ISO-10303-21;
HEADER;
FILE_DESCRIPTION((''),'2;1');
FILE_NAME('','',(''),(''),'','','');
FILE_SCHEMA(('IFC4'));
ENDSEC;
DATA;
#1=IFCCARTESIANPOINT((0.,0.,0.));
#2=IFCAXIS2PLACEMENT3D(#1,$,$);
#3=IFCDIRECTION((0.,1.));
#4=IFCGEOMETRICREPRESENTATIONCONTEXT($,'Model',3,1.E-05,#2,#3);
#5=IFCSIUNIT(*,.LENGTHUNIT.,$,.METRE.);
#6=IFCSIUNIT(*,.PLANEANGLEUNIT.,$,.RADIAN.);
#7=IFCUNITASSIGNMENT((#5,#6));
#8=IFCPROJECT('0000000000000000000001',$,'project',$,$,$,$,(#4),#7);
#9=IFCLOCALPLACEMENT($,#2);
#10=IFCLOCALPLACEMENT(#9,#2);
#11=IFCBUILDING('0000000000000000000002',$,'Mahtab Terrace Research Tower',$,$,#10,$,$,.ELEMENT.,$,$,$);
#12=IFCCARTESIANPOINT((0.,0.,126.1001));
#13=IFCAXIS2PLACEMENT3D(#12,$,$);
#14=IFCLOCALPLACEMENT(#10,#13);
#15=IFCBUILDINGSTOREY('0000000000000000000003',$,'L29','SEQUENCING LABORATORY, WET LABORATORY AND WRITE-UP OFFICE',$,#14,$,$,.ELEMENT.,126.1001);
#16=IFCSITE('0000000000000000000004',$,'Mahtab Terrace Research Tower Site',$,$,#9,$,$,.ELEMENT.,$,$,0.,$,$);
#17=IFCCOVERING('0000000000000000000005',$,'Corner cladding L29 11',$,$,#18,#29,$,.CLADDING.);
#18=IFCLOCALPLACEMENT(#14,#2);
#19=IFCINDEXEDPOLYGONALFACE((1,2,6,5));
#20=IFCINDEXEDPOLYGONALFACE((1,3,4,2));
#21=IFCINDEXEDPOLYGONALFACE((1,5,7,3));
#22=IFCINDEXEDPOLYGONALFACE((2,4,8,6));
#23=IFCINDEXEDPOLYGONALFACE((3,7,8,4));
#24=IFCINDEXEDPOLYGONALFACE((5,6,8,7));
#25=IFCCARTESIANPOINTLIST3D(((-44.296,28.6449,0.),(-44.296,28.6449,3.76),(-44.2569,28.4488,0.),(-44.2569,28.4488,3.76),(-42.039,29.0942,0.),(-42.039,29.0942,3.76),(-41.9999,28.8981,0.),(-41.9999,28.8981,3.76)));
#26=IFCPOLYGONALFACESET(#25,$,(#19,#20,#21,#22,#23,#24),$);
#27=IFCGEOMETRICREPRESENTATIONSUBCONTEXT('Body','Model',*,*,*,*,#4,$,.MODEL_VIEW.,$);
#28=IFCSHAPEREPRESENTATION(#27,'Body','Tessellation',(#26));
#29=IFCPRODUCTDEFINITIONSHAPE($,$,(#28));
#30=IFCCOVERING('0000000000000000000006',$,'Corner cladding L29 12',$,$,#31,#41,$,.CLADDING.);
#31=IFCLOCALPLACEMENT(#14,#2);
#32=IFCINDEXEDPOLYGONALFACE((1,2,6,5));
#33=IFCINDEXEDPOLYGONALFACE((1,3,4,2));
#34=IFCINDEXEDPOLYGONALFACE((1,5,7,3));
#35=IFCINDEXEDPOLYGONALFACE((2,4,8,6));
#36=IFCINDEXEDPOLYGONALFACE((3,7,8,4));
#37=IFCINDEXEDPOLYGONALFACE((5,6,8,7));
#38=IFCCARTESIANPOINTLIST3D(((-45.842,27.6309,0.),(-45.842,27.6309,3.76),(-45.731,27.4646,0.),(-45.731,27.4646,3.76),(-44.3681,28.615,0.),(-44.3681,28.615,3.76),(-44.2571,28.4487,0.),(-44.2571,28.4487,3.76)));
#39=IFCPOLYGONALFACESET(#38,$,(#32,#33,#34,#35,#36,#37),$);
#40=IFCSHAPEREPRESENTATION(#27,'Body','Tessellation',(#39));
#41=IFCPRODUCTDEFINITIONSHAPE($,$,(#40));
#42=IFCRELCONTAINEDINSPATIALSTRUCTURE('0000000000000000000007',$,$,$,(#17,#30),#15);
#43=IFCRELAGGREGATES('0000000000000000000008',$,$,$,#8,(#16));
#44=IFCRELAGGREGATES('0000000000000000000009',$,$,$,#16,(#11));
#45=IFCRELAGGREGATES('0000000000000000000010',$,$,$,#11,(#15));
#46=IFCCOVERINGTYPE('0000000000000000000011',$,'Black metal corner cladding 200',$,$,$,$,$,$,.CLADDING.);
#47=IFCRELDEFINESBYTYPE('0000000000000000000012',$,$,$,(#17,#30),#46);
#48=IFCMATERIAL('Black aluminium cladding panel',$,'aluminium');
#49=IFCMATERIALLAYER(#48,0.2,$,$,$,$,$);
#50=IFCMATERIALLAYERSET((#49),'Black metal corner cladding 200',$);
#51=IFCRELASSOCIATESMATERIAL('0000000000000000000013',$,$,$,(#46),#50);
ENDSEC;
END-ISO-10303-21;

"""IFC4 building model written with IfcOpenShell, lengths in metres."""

from ifc_helpers import new_model, si_unit, direction, frame, origin, origin_2d, place, context, subcontext, project, spatial, rectangle, extrude, material, layer, layer_set, type_object, element, save


model = new_model("IFC4")

# Units and contexts
model_context = context("Model", 3, precision=1e-05, world=origin(), true_north=direction((0.0, 1.0)))
body_context = subcontext(model_context, "Body", "Model", "MODEL_VIEW")
ifc_project = project(units=[si_unit("LENGTHUNIT", "METRE"), si_unit("PLANEANGLEUNIT", "RADIAN")], contexts=[model_context])

# Site, building, storey
site_placement = place(None, origin())
site = spatial("IfcSite", under=ifc_project, at=site_placement, Name="Mahtab Terrace Research Tower Site", CompositionType="ELEMENT", RefElevation=0.0)
building_placement = place(site_placement, origin())
building = spatial("IfcBuilding", under=site, at=building_placement, Name="Mahtab Terrace Research Tower", CompositionType="ELEMENT")
storey_placement = place(building_placement, frame((0.0, 0.0, 126.1001)))
storey = spatial("IfcBuildingStorey", under=building, at=storey_placement, Name="L29", Description="SEQUENCING LABORATORY, WET LABORATORY AND WRITE-UP OFFICE", CompositionType="ELEMENT", Elevation=126.1001)

# Coverings
ifc_material_1 = material(Name="Black aluminium cladding panel", Category="aluminium")
ifc_layer_1 = layer(ifc_material_1, 0.2)
ifc_layer_set_1 = layer_set([ifc_layer_1], Name="Black metal corner cladding 200")
covering_type = type_object("IfcCoveringType", Name="Black metal corner cladding 200", PredefinedType="CLADDING", material=ifc_layer_set_1)
covering_1_placement = place(storey_placement, frame((-43.1479, 28.7715, 0.0), z_axis=(0.0, 0.0, 1.0), x_axis=(-0.980761, -0.195212, 0.0)))
element("IfcCovering", 1, at=covering_1_placement, inside=storey, type_object=covering_type, Name="Corner cladding L29 11", PredefinedType="CLADDING", context=body_context, shape_type="SweptSolid", body=[
    extrude(rectangle(XDim=2.3013, YDim=0.2, at=origin_2d()), origin(), (0.0, 0.0, 1.0), 3.76),
])
covering_2_placement = place(storey_placement, frame((-45.0496, 28.0398, 0.0), z_axis=(0.0, 0.0, 1.0), x_axis=(-0.831656, -0.555291, 0.0)))
element("IfcCovering", 2, at=covering_2_placement, inside=storey, type_object=covering_type, Name="Corner cladding L29 12", PredefinedType="CLADDING", context=body_context, shape_type="SweptSolid", body=[
    extrude(rectangle(XDim=1.7722, YDim=0.2, at=origin_2d()), origin(), (0.0, 0.0, 1.0), 3.76),
])

save(model, "model.ifc")
